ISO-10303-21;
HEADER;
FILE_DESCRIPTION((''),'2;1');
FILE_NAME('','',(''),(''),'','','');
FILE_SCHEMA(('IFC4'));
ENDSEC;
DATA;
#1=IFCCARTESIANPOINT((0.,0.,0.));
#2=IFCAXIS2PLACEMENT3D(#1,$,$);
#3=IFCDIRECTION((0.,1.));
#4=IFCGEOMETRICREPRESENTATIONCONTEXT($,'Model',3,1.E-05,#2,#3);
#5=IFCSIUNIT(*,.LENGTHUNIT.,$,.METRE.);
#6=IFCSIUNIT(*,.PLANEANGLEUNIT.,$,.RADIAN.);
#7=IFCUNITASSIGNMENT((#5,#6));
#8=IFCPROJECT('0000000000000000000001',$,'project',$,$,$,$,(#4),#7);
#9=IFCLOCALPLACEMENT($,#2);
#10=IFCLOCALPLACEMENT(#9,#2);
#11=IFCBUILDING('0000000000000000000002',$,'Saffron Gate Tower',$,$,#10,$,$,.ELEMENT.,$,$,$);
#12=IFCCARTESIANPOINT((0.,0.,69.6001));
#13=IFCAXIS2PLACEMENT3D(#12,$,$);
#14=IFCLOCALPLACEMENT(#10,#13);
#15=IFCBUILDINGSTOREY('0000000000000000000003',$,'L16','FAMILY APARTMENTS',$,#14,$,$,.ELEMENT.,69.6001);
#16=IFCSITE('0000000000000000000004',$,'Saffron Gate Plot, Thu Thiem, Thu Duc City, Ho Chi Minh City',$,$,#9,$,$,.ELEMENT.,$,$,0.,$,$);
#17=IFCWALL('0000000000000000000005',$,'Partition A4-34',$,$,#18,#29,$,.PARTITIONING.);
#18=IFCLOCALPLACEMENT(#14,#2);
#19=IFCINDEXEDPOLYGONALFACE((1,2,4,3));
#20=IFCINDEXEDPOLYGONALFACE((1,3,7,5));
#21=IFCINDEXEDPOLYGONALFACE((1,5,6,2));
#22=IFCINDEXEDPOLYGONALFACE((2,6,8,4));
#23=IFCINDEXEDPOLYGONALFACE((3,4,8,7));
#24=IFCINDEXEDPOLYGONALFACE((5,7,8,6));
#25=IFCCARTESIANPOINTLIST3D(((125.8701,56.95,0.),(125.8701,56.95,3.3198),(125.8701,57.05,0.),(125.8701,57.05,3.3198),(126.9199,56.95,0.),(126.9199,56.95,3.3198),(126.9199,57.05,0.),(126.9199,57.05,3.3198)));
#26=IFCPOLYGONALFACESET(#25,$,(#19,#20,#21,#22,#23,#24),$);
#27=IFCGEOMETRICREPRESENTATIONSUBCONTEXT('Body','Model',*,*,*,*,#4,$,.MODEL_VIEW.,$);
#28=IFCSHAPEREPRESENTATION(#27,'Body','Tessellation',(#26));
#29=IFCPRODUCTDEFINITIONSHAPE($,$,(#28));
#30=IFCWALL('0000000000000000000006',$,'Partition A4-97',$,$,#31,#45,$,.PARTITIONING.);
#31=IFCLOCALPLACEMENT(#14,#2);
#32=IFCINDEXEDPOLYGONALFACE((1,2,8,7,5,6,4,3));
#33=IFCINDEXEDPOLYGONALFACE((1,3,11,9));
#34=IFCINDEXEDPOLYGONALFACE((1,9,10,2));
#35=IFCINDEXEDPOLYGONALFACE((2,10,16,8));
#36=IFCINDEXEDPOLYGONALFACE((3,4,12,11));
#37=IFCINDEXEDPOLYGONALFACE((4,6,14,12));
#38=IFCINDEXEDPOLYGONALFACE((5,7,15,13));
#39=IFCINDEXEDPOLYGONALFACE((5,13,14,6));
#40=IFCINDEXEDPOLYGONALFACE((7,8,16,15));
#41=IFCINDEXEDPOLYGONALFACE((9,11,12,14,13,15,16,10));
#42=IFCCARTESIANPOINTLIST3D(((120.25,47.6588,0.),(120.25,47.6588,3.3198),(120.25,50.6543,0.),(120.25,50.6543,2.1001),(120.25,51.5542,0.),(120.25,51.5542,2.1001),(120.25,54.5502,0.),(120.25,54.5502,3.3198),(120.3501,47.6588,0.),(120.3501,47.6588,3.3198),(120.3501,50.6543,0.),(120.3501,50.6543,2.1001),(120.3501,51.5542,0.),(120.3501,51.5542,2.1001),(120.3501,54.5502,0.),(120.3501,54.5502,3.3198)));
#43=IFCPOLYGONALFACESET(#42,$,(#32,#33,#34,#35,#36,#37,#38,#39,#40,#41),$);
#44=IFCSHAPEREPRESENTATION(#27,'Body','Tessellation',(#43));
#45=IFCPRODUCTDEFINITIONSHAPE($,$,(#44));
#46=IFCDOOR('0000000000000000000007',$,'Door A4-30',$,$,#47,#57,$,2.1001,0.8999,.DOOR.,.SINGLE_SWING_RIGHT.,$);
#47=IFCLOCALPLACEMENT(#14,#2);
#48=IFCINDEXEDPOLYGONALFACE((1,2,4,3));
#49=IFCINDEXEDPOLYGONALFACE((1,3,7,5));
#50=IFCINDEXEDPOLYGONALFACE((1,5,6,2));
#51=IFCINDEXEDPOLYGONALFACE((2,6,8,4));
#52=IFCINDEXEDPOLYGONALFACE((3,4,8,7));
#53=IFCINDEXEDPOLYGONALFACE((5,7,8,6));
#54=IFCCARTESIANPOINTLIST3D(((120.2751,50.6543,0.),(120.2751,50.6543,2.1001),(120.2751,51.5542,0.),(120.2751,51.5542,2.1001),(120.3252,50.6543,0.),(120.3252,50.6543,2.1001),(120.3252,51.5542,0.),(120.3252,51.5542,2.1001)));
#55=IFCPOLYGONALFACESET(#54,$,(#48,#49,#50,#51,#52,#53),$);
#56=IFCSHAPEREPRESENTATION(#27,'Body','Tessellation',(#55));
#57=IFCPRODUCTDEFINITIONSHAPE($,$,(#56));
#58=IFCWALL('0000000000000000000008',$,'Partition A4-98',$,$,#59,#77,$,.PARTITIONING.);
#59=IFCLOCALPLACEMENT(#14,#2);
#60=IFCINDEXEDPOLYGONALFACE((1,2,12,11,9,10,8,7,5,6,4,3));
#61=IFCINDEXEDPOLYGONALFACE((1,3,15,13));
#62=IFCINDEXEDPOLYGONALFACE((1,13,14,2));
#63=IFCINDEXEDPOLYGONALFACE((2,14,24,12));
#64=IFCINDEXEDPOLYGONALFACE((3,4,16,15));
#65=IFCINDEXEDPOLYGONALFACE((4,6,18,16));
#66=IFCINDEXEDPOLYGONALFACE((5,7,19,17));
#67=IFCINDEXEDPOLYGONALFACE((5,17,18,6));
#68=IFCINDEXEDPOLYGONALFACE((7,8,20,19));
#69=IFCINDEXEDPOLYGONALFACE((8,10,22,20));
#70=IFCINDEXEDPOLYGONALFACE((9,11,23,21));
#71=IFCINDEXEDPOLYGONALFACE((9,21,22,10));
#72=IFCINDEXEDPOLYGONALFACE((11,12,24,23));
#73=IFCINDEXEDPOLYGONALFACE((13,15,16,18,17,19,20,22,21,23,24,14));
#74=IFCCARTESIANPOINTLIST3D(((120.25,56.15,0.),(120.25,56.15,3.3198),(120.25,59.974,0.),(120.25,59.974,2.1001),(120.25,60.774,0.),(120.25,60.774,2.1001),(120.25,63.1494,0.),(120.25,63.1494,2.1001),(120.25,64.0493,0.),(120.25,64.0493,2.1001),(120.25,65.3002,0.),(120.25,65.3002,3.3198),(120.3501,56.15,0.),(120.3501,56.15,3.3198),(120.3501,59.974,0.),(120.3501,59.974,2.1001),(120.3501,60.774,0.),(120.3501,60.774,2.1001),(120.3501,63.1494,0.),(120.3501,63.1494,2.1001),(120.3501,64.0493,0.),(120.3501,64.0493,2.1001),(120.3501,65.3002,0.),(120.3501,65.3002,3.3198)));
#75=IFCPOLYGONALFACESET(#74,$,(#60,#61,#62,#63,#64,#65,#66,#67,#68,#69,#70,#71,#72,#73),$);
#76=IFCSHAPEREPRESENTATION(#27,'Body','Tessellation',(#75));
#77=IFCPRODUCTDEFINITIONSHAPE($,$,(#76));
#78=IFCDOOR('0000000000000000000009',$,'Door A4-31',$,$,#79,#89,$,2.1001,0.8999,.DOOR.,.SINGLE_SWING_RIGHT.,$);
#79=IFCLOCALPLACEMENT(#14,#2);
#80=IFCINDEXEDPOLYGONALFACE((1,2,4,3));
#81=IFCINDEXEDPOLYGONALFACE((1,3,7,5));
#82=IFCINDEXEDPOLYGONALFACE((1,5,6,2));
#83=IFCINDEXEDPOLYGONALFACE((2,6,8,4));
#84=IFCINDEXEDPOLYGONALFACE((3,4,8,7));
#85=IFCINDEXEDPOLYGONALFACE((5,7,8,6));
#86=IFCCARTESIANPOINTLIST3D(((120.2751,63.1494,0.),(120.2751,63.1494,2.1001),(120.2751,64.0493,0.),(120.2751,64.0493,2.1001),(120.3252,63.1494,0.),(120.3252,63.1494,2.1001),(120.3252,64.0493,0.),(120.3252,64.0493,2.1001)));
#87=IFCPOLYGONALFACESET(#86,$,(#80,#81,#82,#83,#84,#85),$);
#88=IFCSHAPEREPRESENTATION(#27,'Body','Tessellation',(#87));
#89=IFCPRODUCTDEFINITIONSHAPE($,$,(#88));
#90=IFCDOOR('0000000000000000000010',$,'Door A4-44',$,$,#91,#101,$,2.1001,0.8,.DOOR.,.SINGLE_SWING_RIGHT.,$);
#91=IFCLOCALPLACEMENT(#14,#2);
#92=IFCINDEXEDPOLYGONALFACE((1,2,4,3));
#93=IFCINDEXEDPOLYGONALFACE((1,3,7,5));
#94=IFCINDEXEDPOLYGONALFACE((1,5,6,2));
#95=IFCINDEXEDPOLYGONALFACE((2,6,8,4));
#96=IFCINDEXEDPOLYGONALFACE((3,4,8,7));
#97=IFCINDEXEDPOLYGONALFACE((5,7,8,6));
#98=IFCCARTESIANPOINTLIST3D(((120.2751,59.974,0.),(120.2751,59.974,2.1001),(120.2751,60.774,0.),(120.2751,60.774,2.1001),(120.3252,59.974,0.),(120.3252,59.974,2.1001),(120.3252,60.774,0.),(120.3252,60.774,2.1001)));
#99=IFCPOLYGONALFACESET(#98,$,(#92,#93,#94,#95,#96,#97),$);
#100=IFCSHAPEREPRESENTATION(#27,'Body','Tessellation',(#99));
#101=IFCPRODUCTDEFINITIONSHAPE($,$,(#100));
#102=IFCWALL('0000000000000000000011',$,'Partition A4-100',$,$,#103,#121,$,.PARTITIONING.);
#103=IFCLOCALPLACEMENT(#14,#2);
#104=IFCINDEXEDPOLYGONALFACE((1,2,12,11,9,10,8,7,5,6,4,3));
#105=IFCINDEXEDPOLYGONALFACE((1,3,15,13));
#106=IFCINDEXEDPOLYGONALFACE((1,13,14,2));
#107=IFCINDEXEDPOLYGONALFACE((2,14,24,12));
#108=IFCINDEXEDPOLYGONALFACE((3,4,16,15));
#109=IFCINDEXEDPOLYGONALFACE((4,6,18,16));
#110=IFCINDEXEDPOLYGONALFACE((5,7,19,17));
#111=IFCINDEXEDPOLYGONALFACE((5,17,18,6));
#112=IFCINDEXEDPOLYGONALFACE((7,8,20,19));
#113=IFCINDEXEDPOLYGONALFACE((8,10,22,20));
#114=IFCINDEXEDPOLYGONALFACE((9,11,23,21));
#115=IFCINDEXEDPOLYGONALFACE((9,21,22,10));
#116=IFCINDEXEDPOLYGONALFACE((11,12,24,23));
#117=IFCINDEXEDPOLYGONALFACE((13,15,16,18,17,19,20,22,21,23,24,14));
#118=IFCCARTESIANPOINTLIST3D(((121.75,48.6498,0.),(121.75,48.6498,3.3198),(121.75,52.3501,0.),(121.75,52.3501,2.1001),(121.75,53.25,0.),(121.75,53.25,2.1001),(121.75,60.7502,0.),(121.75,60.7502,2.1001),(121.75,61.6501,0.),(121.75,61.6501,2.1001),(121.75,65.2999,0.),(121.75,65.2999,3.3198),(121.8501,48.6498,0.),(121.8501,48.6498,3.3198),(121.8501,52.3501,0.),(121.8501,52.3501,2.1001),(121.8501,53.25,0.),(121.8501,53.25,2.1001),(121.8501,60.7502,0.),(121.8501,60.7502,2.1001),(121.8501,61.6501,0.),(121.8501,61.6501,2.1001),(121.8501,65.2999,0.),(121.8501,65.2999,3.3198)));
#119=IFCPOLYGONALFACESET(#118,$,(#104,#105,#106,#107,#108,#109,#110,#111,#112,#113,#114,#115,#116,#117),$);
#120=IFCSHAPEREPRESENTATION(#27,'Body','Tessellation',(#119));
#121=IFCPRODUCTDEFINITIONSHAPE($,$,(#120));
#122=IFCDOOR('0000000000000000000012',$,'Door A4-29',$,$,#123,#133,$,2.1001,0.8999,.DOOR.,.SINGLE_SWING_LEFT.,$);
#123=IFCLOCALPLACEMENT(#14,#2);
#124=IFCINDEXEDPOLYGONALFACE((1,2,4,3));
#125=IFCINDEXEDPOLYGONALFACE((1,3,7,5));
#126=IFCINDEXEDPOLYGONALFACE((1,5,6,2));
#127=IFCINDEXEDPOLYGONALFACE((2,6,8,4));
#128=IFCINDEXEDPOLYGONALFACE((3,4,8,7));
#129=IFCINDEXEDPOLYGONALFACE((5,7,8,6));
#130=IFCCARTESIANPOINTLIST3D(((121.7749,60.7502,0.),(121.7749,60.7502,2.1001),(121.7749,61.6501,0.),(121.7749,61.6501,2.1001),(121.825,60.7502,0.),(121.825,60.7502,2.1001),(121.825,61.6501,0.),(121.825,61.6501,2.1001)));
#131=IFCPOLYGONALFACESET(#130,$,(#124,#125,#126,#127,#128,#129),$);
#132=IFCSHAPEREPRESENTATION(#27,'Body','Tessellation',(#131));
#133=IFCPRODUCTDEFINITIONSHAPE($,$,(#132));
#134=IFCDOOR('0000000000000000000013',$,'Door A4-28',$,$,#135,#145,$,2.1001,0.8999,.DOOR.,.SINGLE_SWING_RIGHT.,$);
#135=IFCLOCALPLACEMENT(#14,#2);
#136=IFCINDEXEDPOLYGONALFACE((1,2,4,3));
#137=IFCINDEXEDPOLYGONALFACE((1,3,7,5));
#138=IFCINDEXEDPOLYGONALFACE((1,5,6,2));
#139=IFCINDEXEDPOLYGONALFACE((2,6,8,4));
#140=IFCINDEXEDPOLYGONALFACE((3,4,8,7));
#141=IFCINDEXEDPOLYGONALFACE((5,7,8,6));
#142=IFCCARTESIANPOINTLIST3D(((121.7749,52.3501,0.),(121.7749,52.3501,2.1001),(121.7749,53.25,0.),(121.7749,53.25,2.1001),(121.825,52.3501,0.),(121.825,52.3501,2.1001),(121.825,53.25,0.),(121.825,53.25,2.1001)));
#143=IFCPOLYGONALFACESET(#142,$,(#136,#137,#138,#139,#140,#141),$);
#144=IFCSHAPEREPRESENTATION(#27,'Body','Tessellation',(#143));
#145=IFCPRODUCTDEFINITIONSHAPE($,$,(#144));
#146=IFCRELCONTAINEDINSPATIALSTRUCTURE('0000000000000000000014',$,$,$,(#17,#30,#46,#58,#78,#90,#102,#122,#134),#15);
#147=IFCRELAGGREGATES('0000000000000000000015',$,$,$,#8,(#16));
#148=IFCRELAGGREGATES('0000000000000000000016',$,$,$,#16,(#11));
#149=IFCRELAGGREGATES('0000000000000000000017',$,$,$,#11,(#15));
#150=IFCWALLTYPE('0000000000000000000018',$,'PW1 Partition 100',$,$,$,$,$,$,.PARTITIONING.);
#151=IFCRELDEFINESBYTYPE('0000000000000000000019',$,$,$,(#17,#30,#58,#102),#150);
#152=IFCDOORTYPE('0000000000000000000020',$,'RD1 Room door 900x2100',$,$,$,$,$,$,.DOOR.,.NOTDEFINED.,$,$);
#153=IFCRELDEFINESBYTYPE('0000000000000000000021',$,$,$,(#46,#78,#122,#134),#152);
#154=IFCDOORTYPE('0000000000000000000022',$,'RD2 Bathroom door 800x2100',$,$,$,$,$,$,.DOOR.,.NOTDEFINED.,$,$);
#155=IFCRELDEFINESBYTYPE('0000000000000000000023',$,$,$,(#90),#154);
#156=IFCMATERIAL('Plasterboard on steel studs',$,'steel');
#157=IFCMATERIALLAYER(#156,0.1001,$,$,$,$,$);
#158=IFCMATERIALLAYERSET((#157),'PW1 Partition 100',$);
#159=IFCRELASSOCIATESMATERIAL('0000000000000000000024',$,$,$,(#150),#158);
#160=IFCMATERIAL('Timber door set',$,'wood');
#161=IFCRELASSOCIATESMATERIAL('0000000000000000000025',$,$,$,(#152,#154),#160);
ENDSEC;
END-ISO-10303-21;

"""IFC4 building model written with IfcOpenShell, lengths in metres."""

from ifc_helpers import new_model, si_unit, direction, frame, frame_2d, origin, place, context, subcontext, project, spatial, rectangle, extrude, material, layer, layer_set, type_object, element, fill, save


model = new_model("IFC4")

# Units and contexts
model_context = context("Model", 3, precision=1e-05, world=origin(), true_north=direction((0.0, 1.0)))
body_context = subcontext(model_context, "Body", "Model", "MODEL_VIEW")
ifc_project = project(units=[si_unit("LENGTHUNIT", "METRE"), si_unit("PLANEANGLEUNIT", "RADIAN")], contexts=[model_context])

# Site, building, storey
site_placement = place(None, origin())
site = spatial("IfcSite", under=ifc_project, at=site_placement, Name="Saffron Gate Plot, Thu Thiem, Thu Duc City, Ho Chi Minh City", CompositionType="ELEMENT", RefElevation=0.0)
building_placement = place(site_placement, origin())
building = spatial("IfcBuilding", under=site, at=building_placement, Name="Saffron Gate Tower", CompositionType="ELEMENT")
storey_placement = place(building_placement, frame((0.0, 0.0, 69.6001)))
storey = spatial("IfcBuildingStorey", under=building, at=storey_placement, Name="L16", Description="FAMILY APARTMENTS", CompositionType="ELEMENT", Elevation=69.6001)

# Wall
ifc_material_1 = material(Name="Plasterboard on steel studs", Category="steel")
ifc_layer = layer(ifc_material_1, 0.1001)
ifc_layer_set = layer_set([ifc_layer], Name="PW1 Partition 100")
wall_type = type_object("IfcWallType", Name="PW1 Partition 100", PredefinedType="PARTITIONING", material=ifc_layer_set)
wall_1_placement = place(storey_placement, frame((125.8701, 57.0, 0.0), z_axis=(0.0, 0.0, 1.0), x_axis=(1.0, 0.0, 0.0)))
element("IfcWall", 1, at=wall_1_placement, inside=storey, type_object=wall_type, Name="Partition A4-34", PredefinedType="PARTITIONING", context=body_context, shape_type="SweptSolid", body=[
    extrude(rectangle(XDim=1.0498, YDim=0.1001, at=frame_2d((0.5249, 0.0))), origin(), (0.0, 0.0, 1.0), 3.3198),
])

# Wall, opening, door
wall_2_placement = place(storey_placement, frame((120.3, 47.6587, 0.0), z_axis=(0.0, 0.0, 1.0), x_axis=(0.0, 1.0, 0.0)))
wall_2 = element("IfcWall", 2, at=wall_2_placement, inside=storey, type_object=wall_type, Name="Partition A4-97", PredefinedType="PARTITIONING", context=body_context, shape_type="SweptSolid", body=[
    extrude(rectangle(XDim=6.8914, YDim=0.1001, at=frame_2d((3.4458, 0.0))), origin(), (0.0, 0.0, 1.0), 3.3198),
])
opening_1_placement = place(wall_2_placement, frame((2.9956, 0.0, 0.0)))
opening_1 = element("IfcOpeningElement", 3, at=opening_1_placement, cuts=wall_2, PredefinedType="OPENING", context=body_context, shape_type="SweptSolid", body=[
    extrude(rectangle(XDim=0.8999, YDim=2.1001, at=frame_2d((0.45, 1.05))), frame((0.0, 0.0601, 0.0), z_axis=(0.0, -1.0, 0.0), x_axis=(1.0, 0.0, 0.0)), (0.0, 0.0, 1.0), 0.1201),
])
ifc_material_2 = material(Name="Timber door set", Category="wood")
door_type_1 = type_object("IfcDoorType", Name="RD1 Room door 900x2100", OperationType="NOTDEFINED", PredefinedType="DOOR", material=ifc_material_2)
door_1_placement = place(opening_1_placement, origin())
door_1 = element("IfcDoor", 4, at=door_1_placement, inside=storey, type_object=door_type_1, Name="Door A4-30", OperationType="SINGLE_SWING_RIGHT", OverallHeight=2.1001, OverallWidth=0.8999, PredefinedType="DOOR", context=body_context, shape_type="SweptSolid", body=[
    extrude(rectangle(XDim=0.8999, YDim=2.1001, at=frame_2d((0.45, 1.05))), frame((0.0, 0.0249, 0.0), z_axis=(0.0, -1.0, 0.0), x_axis=(1.0, 0.0, 0.0)), (0.0, 0.0, 1.0), 0.05),
])
fill(opening_1, door_1)

# Walls, openings, doors
wall_3_placement = place(storey_placement, frame((120.3, 56.1499, 0.0), z_axis=(0.0, 0.0, 1.0), x_axis=(0.0, 1.0, 0.0)))
wall_3 = element("IfcWall", 5, at=wall_3_placement, inside=storey, type_object=wall_type, Name="Partition A4-98", PredefinedType="PARTITIONING", context=body_context, shape_type="SweptSolid", body=[
    extrude(rectangle(XDim=9.1501, YDim=0.1001, at=frame_2d((4.5752, 0.0))), origin(), (0.0, 0.0, 1.0), 3.3198),
])
opening_2_placement = place(wall_3_placement, frame((3.8242, 0.0, 0.0)))
opening_2 = element("IfcOpeningElement", 6, at=opening_2_placement, cuts=wall_3, PredefinedType="OPENING", context=body_context, shape_type="SweptSolid", body=[
    extrude(rectangle(XDim=0.8, YDim=2.1001, at=frame_2d((0.3999, 1.05))), frame((0.0, 0.0601, 0.0), z_axis=(0.0, -1.0, 0.0), x_axis=(1.0, 0.0, 0.0)), (0.0, 0.0, 1.0), 0.1201),
])
opening_3_placement = place(wall_3_placement, frame((6.9995, 0.0, 0.0)))
opening_3 = element("IfcOpeningElement", 7, at=opening_3_placement, cuts=wall_3, PredefinedType="OPENING", context=body_context, shape_type="SweptSolid", body=[
    extrude(rectangle(XDim=0.8999, YDim=2.1001, at=frame_2d((0.45, 1.05))), frame((0.0, 0.0601, 0.0), z_axis=(0.0, -1.0, 0.0), x_axis=(1.0, 0.0, 0.0)), (0.0, 0.0, 1.0), 0.1201),
])
door_2_placement = place(opening_3_placement, origin())
door_2 = element("IfcDoor", 8, at=door_2_placement, inside=storey, type_object=door_type_1, Name="Door A4-31", OperationType="SINGLE_SWING_RIGHT", OverallHeight=2.1001, OverallWidth=0.8999, PredefinedType="DOOR", context=body_context, shape_type="SweptSolid", body=[
    extrude(rectangle(XDim=0.8999, YDim=2.1001, at=frame_2d((0.45, 1.05))), frame((0.0, 0.0249, 0.0), z_axis=(0.0, -1.0, 0.0), x_axis=(1.0, 0.0, 0.0)), (0.0, 0.0, 1.0), 0.05),
])
fill(opening_3, door_2)
door_type_2 = type_object("IfcDoorType", Name="RD2 Bathroom door 800x2100", OperationType="NOTDEFINED", PredefinedType="DOOR", material=ifc_material_2)
door_3_placement = place(opening_2_placement, origin())
door_3 = element("IfcDoor", 9, at=door_3_placement, inside=storey, type_object=door_type_2, Name="Door A4-44", OperationType="SINGLE_SWING_RIGHT", OverallHeight=2.1001, OverallWidth=0.8, PredefinedType="DOOR", context=body_context, shape_type="SweptSolid", body=[
    extrude(rectangle(XDim=0.8, YDim=2.1001, at=frame_2d((0.3999, 1.05))), frame((0.0, 0.0249, 0.0), z_axis=(0.0, -1.0, 0.0), x_axis=(1.0, 0.0, 0.0)), (0.0, 0.0, 1.0), 0.05),
])
fill(opening_2, door_3)
wall_4_placement = place(storey_placement, frame((121.8, 65.3, 0.0), z_axis=(0.0, 0.0, 1.0), x_axis=(0.0, -1.0, 0.0)))
wall_4 = element("IfcWall", 10, at=wall_4_placement, inside=storey, type_object=wall_type, Name="Partition A4-100", PredefinedType="PARTITIONING", context=body_context, shape_type="SweptSolid", body=[
    extrude(rectangle(XDim=16.6501, YDim=0.1001, at=frame_2d((8.3252, 0.0))), origin(), (0.0, 0.0, 1.0), 3.3198),
])
opening_4_placement = place(wall_4_placement, frame((3.6499, 0.0, 0.0)))
opening_4 = element("IfcOpeningElement", 11, at=opening_4_placement, cuts=wall_4, PredefinedType="OPENING", context=body_context, shape_type="SweptSolid", body=[
    extrude(rectangle(XDim=0.8999, YDim=2.1001, at=frame_2d((0.45, 1.05))), frame((0.0, 0.0601, 0.0), z_axis=(0.0, -1.0, 0.0), x_axis=(1.0, 0.0, 0.0)), (0.0, 0.0, 1.0), 0.1201),
])
opening_5_placement = place(wall_4_placement, frame((12.05, 0.0, 0.0)))
opening_5 = element("IfcOpeningElement", 12, at=opening_5_placement, cuts=wall_4, PredefinedType="OPENING", context=body_context, shape_type="SweptSolid", body=[
    extrude(rectangle(XDim=0.8999, YDim=2.1001, at=frame_2d((0.45, 1.05))), frame((0.0, 0.0601, 0.0), z_axis=(0.0, -1.0, 0.0), x_axis=(1.0, 0.0, 0.0)), (0.0, 0.0, 1.0), 0.1201),
])
door_4_placement = place(opening_4_placement, origin())
door_4 = element("IfcDoor", 13, at=door_4_placement, inside=storey, type_object=door_type_1, Name="Door A4-29", OperationType="SINGLE_SWING_LEFT", OverallHeight=2.1001, OverallWidth=0.8999, PredefinedType="DOOR", context=body_context, shape_type="SweptSolid", body=[
    extrude(rectangle(XDim=0.8999, YDim=2.1001, at=frame_2d((0.45, 1.05))), frame((0.0, 0.0249, 0.0), z_axis=(0.0, -1.0, 0.0), x_axis=(1.0, 0.0, 0.0)), (0.0, 0.0, 1.0), 0.05),
])
fill(opening_4, door_4)
door_5_placement = place(opening_5_placement, origin())
door_5 = element("IfcDoor", 14, at=door_5_placement, inside=storey, type_object=door_type_1, Name="Door A4-28", OperationType="SINGLE_SWING_RIGHT", OverallHeight=2.1001, OverallWidth=0.8999, PredefinedType="DOOR", context=body_context, shape_type="SweptSolid", body=[
    extrude(rectangle(XDim=0.8999, YDim=2.1001, at=frame_2d((0.45, 1.05))), frame((0.0, 0.0249, 0.0), z_axis=(0.0, -1.0, 0.0), x_axis=(1.0, 0.0, 0.0)), (0.0, 0.0, 1.0), 0.05),
])
fill(opening_5, door_5)

save(model, "model.ifc")
